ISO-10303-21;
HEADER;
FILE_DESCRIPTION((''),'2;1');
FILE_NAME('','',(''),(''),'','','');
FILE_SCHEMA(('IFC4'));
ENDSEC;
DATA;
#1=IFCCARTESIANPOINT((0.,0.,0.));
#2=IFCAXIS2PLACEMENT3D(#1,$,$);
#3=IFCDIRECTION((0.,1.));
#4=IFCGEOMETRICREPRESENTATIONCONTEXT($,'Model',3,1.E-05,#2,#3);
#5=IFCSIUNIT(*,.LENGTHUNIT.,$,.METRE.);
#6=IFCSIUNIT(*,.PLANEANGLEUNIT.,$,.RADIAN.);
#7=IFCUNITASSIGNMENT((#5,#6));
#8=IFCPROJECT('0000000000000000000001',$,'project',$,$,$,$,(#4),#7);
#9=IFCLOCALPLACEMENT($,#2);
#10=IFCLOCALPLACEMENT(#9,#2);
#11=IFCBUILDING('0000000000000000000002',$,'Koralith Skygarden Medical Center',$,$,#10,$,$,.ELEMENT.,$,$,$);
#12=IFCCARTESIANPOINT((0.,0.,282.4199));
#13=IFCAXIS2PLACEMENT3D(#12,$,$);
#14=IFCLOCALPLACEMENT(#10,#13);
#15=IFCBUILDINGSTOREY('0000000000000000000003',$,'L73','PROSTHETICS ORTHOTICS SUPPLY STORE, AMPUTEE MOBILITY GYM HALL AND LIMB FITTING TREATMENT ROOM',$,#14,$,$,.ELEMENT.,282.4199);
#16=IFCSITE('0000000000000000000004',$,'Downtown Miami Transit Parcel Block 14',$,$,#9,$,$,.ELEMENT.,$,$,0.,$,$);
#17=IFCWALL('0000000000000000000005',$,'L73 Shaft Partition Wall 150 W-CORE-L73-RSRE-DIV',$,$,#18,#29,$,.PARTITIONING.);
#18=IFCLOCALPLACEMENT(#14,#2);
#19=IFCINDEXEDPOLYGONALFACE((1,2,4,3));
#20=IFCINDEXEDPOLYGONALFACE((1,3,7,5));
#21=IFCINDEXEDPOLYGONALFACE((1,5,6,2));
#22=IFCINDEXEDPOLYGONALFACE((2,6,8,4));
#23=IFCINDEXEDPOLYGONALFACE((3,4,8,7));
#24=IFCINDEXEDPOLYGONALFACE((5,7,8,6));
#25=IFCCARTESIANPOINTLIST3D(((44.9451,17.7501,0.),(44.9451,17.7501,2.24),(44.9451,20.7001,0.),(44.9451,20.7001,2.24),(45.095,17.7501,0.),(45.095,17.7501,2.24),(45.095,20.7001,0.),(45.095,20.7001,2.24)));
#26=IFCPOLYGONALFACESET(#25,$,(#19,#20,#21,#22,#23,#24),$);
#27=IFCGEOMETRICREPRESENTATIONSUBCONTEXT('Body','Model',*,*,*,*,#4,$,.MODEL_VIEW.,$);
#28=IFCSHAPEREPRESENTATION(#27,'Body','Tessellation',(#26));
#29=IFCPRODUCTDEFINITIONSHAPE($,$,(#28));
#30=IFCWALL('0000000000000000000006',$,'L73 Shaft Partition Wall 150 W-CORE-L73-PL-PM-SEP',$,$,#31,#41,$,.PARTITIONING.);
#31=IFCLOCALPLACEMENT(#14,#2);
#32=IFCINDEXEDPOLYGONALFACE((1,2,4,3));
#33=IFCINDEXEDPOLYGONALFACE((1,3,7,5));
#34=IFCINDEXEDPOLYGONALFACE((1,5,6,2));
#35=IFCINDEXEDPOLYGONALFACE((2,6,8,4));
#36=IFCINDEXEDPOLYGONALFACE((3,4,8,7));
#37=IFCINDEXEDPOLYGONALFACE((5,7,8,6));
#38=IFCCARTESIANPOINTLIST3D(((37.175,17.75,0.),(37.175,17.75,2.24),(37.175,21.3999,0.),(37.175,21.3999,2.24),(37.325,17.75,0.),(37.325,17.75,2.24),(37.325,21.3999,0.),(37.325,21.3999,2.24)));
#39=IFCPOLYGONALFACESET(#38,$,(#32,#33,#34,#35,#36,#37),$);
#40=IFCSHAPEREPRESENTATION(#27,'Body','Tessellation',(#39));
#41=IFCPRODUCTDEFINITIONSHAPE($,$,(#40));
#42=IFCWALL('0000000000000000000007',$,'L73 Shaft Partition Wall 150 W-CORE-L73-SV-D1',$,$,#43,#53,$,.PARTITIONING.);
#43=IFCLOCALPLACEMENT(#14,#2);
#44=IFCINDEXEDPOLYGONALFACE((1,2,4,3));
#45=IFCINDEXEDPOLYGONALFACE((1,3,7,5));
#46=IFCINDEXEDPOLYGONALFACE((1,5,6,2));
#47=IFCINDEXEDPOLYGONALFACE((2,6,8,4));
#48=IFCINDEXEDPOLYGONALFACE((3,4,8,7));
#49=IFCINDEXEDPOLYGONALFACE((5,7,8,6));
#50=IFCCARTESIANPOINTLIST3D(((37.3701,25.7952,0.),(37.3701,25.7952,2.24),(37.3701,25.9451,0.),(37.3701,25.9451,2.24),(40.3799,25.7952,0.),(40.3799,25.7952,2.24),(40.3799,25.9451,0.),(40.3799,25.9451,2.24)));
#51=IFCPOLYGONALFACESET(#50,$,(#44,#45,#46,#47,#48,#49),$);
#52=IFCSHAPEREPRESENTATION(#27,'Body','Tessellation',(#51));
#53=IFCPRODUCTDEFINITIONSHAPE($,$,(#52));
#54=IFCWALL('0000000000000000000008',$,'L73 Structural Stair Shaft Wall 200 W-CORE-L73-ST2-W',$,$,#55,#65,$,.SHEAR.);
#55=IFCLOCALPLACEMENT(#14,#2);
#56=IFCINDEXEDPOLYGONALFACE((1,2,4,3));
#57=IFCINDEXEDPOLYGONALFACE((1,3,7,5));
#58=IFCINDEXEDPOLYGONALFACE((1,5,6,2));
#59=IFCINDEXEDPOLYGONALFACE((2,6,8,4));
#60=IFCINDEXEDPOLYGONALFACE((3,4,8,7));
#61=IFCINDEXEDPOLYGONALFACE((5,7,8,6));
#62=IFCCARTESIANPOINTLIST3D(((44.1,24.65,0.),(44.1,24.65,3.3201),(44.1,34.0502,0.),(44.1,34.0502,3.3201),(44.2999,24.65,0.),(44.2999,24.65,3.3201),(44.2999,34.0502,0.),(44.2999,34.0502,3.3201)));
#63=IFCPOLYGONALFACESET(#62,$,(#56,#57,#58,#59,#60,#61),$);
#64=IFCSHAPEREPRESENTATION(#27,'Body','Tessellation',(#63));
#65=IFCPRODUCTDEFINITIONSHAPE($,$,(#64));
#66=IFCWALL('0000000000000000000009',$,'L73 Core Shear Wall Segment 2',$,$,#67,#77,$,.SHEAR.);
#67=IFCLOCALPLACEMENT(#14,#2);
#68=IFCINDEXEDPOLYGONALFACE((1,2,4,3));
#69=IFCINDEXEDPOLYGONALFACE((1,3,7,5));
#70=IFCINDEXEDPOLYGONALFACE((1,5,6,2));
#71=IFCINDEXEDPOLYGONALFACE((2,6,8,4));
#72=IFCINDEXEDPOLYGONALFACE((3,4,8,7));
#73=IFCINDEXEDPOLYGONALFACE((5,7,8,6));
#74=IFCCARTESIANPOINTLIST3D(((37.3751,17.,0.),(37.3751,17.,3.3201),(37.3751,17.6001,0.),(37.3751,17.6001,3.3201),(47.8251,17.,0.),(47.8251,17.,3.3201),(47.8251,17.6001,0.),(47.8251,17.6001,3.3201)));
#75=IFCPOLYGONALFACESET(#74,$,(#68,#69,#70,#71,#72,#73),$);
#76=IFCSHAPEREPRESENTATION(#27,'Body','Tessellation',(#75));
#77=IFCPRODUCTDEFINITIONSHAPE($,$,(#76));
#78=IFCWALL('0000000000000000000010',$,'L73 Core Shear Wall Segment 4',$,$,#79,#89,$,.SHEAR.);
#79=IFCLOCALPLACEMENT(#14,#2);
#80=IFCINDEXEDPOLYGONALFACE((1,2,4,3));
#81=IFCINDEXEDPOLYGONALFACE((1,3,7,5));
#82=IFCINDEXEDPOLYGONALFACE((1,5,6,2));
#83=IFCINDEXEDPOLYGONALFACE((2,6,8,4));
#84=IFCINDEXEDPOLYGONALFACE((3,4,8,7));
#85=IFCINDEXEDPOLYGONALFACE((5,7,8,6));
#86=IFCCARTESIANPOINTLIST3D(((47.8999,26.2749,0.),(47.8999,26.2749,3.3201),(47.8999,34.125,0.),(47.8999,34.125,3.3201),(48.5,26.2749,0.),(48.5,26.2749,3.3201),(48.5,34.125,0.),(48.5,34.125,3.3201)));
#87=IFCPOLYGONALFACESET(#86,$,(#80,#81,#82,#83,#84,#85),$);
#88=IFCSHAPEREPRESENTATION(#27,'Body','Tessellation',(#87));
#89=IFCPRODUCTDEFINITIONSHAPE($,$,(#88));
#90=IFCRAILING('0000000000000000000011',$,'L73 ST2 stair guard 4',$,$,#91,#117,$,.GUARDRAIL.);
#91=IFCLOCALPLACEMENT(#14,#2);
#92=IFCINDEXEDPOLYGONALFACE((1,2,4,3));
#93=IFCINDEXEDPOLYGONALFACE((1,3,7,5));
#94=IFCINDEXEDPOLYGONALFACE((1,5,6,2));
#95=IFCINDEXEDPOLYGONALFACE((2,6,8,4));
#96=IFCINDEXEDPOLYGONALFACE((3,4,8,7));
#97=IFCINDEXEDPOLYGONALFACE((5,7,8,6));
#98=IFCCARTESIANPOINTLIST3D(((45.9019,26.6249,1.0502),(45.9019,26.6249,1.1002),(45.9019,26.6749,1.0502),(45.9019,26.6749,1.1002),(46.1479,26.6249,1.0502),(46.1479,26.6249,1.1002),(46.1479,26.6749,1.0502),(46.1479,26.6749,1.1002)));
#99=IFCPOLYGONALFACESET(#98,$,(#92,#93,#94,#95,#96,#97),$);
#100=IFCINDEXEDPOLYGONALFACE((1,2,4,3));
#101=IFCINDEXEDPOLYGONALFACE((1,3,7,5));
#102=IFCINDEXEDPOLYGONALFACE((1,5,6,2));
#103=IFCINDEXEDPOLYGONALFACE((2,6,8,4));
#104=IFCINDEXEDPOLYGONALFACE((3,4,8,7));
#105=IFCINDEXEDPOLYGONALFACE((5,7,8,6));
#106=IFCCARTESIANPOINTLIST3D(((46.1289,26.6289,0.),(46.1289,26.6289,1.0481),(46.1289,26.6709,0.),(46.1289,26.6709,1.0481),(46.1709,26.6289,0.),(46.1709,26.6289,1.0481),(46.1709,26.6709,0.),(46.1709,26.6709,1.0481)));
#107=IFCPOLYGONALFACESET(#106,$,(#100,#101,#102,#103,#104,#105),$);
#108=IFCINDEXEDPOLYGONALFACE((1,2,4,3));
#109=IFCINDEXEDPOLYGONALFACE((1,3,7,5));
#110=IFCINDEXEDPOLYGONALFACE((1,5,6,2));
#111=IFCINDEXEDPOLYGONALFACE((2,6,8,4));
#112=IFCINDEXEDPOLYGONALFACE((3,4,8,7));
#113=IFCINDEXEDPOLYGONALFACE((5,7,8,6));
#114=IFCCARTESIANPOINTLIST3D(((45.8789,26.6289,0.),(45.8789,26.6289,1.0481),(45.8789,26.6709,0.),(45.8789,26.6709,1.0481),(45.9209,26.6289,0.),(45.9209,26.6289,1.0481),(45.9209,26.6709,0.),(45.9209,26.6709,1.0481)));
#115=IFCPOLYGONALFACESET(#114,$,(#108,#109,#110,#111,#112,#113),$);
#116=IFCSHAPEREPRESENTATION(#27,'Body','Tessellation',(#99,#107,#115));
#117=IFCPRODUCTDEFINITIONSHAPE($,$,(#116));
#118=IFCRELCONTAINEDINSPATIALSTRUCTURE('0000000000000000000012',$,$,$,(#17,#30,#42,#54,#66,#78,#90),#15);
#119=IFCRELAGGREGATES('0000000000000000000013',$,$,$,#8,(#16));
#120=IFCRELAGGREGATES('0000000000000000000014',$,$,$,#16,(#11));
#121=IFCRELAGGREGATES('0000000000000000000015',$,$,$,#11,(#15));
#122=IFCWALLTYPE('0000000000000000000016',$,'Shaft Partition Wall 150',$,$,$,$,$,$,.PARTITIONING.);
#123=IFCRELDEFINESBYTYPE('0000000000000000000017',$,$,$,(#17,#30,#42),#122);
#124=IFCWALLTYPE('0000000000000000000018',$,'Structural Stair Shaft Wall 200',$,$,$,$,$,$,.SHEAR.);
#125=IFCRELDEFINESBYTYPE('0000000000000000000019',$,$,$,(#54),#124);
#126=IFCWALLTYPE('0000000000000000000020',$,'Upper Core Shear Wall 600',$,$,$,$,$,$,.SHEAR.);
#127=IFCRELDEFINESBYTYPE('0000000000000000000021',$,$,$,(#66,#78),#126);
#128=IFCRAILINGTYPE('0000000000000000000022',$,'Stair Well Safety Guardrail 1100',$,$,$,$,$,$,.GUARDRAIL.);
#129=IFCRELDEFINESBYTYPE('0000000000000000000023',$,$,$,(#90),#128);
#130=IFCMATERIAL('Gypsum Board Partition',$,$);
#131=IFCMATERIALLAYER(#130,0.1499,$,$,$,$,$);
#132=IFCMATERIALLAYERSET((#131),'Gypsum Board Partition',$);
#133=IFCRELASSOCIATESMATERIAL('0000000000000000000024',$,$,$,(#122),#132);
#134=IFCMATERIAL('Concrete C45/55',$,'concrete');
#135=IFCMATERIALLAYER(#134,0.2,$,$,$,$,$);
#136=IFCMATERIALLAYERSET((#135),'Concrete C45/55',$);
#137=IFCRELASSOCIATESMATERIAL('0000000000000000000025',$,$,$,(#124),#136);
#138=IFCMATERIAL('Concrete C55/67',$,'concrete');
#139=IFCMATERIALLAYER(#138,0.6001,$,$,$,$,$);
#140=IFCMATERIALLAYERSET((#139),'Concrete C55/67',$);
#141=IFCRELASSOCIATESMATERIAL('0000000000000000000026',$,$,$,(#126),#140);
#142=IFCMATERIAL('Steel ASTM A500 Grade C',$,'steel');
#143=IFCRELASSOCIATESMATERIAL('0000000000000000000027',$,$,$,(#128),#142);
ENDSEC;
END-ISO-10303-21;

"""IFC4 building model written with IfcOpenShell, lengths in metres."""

from ifc_helpers import new_model, si_unit, direction, frame, frame_2d, origin, origin_2d, place, context, subcontext, project, spatial, rectangle, extrude, material, layer, layer_set, type_object, element, save


model = new_model("IFC4")

# Units and contexts
model_context = context("Model", 3, precision=1e-05, world=origin(), true_north=direction((0.0, 1.0)))
body_context = subcontext(model_context, "Body", "Model", "MODEL_VIEW")
ifc_project = project(units=[si_unit("LENGTHUNIT", "METRE"), si_unit("PLANEANGLEUNIT", "RADIAN")], contexts=[model_context])

# Site, building, storey
site_placement = place(None, origin())
site = spatial("IfcSite", under=ifc_project, at=site_placement, Name="Downtown Miami Transit Parcel Block 14", CompositionType="ELEMENT", RefElevation=0.0)
building_placement = place(site_placement, origin())
building = spatial("IfcBuilding", under=site, at=building_placement, Name="Koralith Skygarden Medical Center", CompositionType="ELEMENT")
storey_placement = place(building_placement, frame((0.0, 0.0, 282.4199)))
storey = spatial("IfcBuildingStorey", under=building, at=storey_placement, Name="L73", Description="PROSTHETICS ORTHOTICS SUPPLY STORE, AMPUTEE MOBILITY GYM HALL AND LIMB FITTING TREATMENT ROOM", CompositionType="ELEMENT", Elevation=282.4199)

# Shared definitions
ifc_material_1 = material(Name="Concrete C55/67", Category="concrete")

# Shared definitions
ifc_material_2 = material(Name="Gypsum Board Partition")

# Shared definitions
ifc_material_3 = material(Name="Steel ASTM A500 Grade C", Category="steel")

# Walls
ifc_layer_1 = layer(ifc_material_2, 0.1499)
ifc_layer_set_1 = layer_set([ifc_layer_1], Name="Gypsum Board Partition")
wall_type_1 = type_object("IfcWallType", Name="Shaft Partition Wall 150", PredefinedType="PARTITIONING", material=ifc_layer_set_1)
wall_1_placement = place(storey_placement, frame((45.02, 17.75, 0.0), z_axis=(0.0, 0.0, 1.0), x_axis=(0.0, 1.0, 0.0)))
element("IfcWall", 1, at=wall_1_placement, inside=storey, type_object=wall_type_1, Name="L73 Shaft Partition Wall 150 W-CORE-L73-RSRE-DIV", PredefinedType="PARTITIONING", context=body_context, shape_type="SweptSolid", body=[
    extrude(rectangle(XDim=2.95, YDim=0.1499, at=frame_2d((1.4751, 0.0))), origin(), (0.0, 0.0, 1.0), 2.24),
])
wall_2_placement = place(storey_placement, frame((37.25, 17.75, 0.0), z_axis=(0.0, 0.0, 1.0), x_axis=(0.0, 1.0, 0.0)))
element("IfcWall", 2, at=wall_2_placement, inside=storey, type_object=wall_type_1, Name="L73 Shaft Partition Wall 150 W-CORE-L73-PL-PM-SEP", PredefinedType="PARTITIONING", context=body_context, shape_type="SweptSolid", body=[
    extrude(rectangle(XDim=3.6499, YDim=0.1499, at=frame_2d((1.825, 0.0))), origin(), (0.0, 0.0, 1.0), 2.24),
])
wall_3_placement = place(storey_placement, frame((37.3701, 25.8701, 0.0), z_axis=(0.0, 0.0, 1.0), x_axis=(1.0, 0.0, 0.0)))
element("IfcWall", 3, at=wall_3_placement, inside=storey, type_object=wall_type_1, Name="L73 Shaft Partition Wall 150 W-CORE-L73-SV-D1", PredefinedType="PARTITIONING", context=body_context, shape_type="SweptSolid", body=[
    extrude(rectangle(XDim=3.0098, YDim=0.1499, at=frame_2d((1.5049, 0.0))), origin(), (0.0, 0.0, 1.0), 2.24),
])
ifc_material_4 = material(Name="Concrete C45/55", Category="concrete")
ifc_layer_2 = layer(ifc_material_4, 0.2)
ifc_layer_set_2 = layer_set([ifc_layer_2], Name="Concrete C45/55")
wall_type_2 = type_object("IfcWallType", Name="Structural Stair Shaft Wall 200", PredefinedType="SHEAR", material=ifc_layer_set_2)
wall_4_placement = place(storey_placement, frame((44.2, 24.6499, 0.0), z_axis=(0.0, 0.0, 1.0), x_axis=(0.0, 1.0, 0.0)))
element("IfcWall", 4, at=wall_4_placement, inside=storey, type_object=wall_type_2, Name="L73 Structural Stair Shaft Wall 200 W-CORE-L73-ST2-W", PredefinedType="SHEAR", context=body_context, shape_type="SweptSolid", body=[
    extrude(rectangle(XDim=9.4001, YDim=0.2, at=frame_2d((4.7002, 0.0))), origin(), (0.0, 0.0, 1.0), 3.3201),
])

# Wall
ifc_layer_3 = layer(ifc_material_1, 0.6001)
ifc_layer_set_3 = layer_set([ifc_layer_3], Name="Concrete C55/67")
wall_type_3 = type_object("IfcWallType", Name="Upper Core Shear Wall 600", PredefinedType="SHEAR", material=ifc_layer_set_3)
wall_5_placement = place(storey_placement, frame((37.375, 17.3, 0.0), z_axis=(0.0, 0.0, 1.0), x_axis=(1.0, 0.0, 0.0)))
element("IfcWall", 5, at=wall_5_placement, inside=storey, type_object=wall_type_3, Name="L73 Core Shear Wall Segment 2", PredefinedType="SHEAR", context=body_context, shape_type="SweptSolid", body=[
    extrude(rectangle(XDim=10.45, YDim=0.6001, at=frame_2d((5.2251, 0.0))), origin(), (0.0, 0.0, 1.0), 3.3201),
])

# Wall
wall_6_placement = place(storey_placement, frame((48.2, 26.2749, 0.0), z_axis=(0.0, 0.0, 1.0), x_axis=(0.0, 1.0, 0.0)))
element("IfcWall", 6, at=wall_6_placement, inside=storey, type_object=wall_type_3, Name="L73 Core Shear Wall Segment 4", PredefinedType="SHEAR", context=body_context, shape_type="SweptSolid", body=[
    extrude(rectangle(XDim=7.8501, YDim=0.6001, at=frame_2d((3.925, 0.0))), origin(), (0.0, 0.0, 1.0), 3.3201),
])

# Railing
railing_type = type_object("IfcRailingType", Name="Stair Well Safety Guardrail 1100", PredefinedType="GUARDRAIL", material=ifc_material_3)
railing_placement = place(storey_placement, frame((46.1499, 26.6499, 0.0)))
element("IfcRailing", 7, at=railing_placement, inside=storey, type_object=railing_type, Name="L73 ST2 stair guard 4", PredefinedType="GUARDRAIL", context=body_context, shape_type="SweptSolid", body=[
    extrude(rectangle(XDim=0.05, YDim=0.05, at=origin_2d()), frame((-0.002, 0.0, 1.0752), z_axis=(-1.0, 0.0, 0.0), x_axis=(0.0, -1.0, 0.0)), (0.0, 0.0, 1.0), 0.2461),
    extrude(rectangle(XDim=0.042, YDim=0.042, at=origin_2d()), origin(), (0.0, 0.0, 1.0), 1.0481),
    extrude(rectangle(XDim=0.042, YDim=0.042, at=origin_2d()), frame((-0.25, 0.0, 0.0)), (0.0, 0.0, 1.0), 1.0481),
])

save(model, "model.ifc")
